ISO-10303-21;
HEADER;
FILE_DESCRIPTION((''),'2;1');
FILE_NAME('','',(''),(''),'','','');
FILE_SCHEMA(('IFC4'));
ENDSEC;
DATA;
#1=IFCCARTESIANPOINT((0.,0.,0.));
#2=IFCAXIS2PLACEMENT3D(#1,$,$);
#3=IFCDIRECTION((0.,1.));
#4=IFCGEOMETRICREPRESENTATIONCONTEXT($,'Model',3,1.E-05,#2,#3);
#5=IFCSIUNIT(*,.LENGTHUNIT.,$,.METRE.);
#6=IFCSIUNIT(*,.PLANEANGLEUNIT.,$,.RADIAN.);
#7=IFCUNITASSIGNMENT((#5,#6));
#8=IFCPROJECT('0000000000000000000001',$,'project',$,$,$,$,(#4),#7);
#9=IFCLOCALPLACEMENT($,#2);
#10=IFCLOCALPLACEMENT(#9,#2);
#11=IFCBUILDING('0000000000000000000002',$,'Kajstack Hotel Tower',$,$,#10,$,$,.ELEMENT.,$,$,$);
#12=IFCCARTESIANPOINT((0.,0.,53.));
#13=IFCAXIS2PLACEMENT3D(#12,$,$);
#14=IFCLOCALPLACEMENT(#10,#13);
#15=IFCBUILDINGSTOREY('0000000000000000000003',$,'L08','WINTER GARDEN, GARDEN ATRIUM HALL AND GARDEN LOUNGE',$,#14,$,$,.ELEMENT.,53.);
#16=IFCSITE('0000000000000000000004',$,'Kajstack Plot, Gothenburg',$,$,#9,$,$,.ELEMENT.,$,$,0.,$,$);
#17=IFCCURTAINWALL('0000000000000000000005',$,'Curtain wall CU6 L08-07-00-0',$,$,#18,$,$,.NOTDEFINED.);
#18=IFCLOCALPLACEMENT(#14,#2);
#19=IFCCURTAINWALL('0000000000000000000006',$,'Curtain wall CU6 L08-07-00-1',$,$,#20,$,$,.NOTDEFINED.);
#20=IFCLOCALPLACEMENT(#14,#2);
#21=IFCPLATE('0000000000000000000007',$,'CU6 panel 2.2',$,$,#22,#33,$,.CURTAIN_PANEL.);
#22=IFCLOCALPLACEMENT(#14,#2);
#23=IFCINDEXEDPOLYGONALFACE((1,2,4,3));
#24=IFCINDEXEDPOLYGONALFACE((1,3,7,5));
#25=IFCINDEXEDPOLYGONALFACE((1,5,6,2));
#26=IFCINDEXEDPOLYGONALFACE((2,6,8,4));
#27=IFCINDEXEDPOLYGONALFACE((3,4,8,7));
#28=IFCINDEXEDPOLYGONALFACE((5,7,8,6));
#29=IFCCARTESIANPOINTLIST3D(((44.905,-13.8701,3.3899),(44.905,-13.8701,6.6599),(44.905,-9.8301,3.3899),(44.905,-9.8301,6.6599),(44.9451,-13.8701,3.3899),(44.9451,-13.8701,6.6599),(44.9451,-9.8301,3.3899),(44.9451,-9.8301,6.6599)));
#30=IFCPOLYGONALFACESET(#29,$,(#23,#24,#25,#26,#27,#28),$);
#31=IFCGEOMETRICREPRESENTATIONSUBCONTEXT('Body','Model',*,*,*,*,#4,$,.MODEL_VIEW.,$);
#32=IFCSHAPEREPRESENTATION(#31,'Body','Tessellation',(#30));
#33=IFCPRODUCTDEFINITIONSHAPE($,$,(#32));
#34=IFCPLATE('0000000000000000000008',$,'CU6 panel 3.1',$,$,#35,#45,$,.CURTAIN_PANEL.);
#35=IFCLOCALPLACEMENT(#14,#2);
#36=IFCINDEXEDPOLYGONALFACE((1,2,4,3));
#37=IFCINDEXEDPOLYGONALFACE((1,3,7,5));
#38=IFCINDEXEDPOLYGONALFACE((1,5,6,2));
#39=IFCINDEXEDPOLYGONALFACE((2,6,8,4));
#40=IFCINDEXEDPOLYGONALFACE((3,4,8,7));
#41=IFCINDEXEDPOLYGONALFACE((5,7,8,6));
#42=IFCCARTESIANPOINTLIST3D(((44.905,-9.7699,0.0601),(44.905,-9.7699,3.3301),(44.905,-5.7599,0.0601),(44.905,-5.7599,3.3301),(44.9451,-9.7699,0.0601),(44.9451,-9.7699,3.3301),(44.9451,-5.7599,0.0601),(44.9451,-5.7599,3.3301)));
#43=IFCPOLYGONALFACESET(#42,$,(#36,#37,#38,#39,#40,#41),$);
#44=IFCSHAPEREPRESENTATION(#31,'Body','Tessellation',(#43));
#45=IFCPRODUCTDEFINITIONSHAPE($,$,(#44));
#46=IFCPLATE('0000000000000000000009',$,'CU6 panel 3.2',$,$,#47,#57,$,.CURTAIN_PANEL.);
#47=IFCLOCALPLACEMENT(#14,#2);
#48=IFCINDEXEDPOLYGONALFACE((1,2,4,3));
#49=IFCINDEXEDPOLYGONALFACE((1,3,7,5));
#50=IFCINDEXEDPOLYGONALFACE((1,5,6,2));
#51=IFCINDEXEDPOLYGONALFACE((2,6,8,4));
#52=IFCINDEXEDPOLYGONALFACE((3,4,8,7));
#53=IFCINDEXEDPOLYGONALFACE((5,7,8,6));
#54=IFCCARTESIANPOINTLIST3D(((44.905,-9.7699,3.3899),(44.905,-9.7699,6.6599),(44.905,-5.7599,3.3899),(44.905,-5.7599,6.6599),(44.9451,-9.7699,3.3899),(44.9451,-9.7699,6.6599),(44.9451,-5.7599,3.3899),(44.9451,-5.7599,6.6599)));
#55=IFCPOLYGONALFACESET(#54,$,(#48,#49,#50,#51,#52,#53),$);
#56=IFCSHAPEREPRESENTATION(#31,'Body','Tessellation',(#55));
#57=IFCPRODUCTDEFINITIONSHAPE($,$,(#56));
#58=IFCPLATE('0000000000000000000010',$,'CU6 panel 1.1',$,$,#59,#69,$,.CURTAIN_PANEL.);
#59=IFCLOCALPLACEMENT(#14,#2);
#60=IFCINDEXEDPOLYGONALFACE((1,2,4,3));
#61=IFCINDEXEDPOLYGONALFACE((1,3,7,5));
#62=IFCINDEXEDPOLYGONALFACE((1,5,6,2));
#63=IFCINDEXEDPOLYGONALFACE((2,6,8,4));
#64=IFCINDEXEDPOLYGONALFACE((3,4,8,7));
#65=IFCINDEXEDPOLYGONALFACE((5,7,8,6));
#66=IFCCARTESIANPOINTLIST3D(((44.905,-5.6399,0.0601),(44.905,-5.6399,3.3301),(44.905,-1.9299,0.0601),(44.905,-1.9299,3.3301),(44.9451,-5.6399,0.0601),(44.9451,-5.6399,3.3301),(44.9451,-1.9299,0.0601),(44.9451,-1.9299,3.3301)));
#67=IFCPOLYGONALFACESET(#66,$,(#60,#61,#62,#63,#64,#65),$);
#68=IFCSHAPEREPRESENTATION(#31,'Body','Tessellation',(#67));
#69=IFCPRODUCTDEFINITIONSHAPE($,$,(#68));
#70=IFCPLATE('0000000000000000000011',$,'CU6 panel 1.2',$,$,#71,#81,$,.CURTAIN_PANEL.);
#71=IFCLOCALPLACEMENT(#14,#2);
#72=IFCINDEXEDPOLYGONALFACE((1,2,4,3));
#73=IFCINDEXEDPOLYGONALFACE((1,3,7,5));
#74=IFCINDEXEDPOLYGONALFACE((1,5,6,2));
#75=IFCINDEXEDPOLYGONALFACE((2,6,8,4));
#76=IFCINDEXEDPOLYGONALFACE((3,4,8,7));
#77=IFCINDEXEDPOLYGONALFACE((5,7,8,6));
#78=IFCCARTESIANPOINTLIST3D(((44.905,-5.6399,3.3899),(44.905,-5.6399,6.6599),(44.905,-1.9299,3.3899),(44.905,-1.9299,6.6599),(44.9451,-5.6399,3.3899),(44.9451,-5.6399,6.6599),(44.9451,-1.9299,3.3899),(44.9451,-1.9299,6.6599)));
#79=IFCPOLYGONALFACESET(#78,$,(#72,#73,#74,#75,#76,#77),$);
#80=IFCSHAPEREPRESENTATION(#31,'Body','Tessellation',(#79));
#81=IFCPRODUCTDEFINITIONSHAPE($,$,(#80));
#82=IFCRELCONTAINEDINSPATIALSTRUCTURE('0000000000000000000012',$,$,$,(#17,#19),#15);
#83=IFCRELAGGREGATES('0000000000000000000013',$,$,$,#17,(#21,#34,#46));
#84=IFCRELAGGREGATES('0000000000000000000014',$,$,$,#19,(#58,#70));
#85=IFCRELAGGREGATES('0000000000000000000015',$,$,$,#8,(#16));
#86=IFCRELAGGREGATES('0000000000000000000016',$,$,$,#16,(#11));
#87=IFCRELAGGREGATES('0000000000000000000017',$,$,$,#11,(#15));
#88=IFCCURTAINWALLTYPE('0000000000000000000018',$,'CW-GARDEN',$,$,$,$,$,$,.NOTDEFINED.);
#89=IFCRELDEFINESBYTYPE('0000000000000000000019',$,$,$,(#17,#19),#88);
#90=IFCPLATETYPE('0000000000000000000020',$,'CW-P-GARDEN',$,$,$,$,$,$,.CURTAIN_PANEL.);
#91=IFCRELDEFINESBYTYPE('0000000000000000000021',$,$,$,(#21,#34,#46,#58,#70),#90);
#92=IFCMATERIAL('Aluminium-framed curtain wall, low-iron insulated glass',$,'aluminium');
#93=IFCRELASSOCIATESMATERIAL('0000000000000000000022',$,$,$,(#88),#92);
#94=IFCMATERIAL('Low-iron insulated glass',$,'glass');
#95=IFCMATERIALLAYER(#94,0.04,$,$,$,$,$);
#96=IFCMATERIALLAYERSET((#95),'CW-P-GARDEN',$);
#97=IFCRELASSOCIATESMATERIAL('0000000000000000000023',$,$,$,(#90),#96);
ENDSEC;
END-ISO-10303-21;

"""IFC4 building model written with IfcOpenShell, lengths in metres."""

from ifc_helpers import new_model, si_unit, direction, frame, origin, origin_2d, place, context, subcontext, project, spatial, rectangle, extrude, material, layer, layer_set, type_object, element, aggregate, save


model = new_model("IFC4")

# Units and contexts
model_context = context("Model", 3, precision=1e-05, world=origin(), true_north=direction((0.0, 1.0)))
body_context = subcontext(model_context, "Body", "Model", "MODEL_VIEW")
ifc_project = project(units=[si_unit("LENGTHUNIT", "METRE"), si_unit("PLANEANGLEUNIT", "RADIAN")], contexts=[model_context])

# Site, building, storey
site_placement = place(None, origin())
site = spatial("IfcSite", under=ifc_project, at=site_placement, Name="Kajstack Plot, Gothenburg", CompositionType="ELEMENT", RefElevation=0.0)
building_placement = place(site_placement, origin())
building = spatial("IfcBuilding", under=site, at=building_placement, Name="Kajstack Hotel Tower", CompositionType="ELEMENT")
storey_placement = place(building_placement, frame((0.0, 0.0, 53.0)))
storey = spatial("IfcBuildingStorey", under=building, at=storey_placement, Name="L08", Description="WINTER GARDEN, GARDEN ATRIUM HALL AND GARDEN LOUNGE", CompositionType="ELEMENT", Elevation=53.0)

# Shared definitions
ifc_material_1 = material(Name="Aluminium-framed curtain wall, low-iron insulated glass", Category="aluminium")
curtain_wall_type = type_object("IfcCurtainWallType", Name="CW-GARDEN", PredefinedType="NOTDEFINED", material=ifc_material_1)

# Curtain walls
curtain_wall_1_placement = place(storey_placement, origin())
curtain_wall_1 = element("IfcCurtainWall", 1, at=curtain_wall_1_placement, inside=storey, type_object=curtain_wall_type, Name="Curtain wall CU6 L08-07-00-0", PredefinedType="NOTDEFINED")
curtain_wall_2_placement = place(storey_placement, origin())
curtain_wall_2 = element("IfcCurtainWall", 2, at=curtain_wall_2_placement, inside=storey, type_object=curtain_wall_type, Name="Curtain wall CU6 L08-07-00-1", PredefinedType="NOTDEFINED")

# Plates
ifc_material_2 = material(Name="Low-iron insulated glass", Category="glass")
ifc_layer = layer(ifc_material_2, 0.04)
ifc_layer_set = layer_set([ifc_layer], Name="CW-P-GARDEN")
plate_type = type_object("IfcPlateType", Name="CW-P-GARDEN", PredefinedType="CURTAIN_PANEL", material=ifc_layer_set)
plate_1_placement = place(storey_placement, frame((44.925, -11.8501, 3.3899), z_axis=(0.0, 0.0, 1.0), x_axis=(0.0, 1.0, 0.0)))
plate_1 = element("IfcPlate", 3, at=plate_1_placement, type_object=plate_type, Name="CU6 panel 2.2", PredefinedType="CURTAIN_PANEL", context=body_context, shape_type="SweptSolid", body=[
    extrude(rectangle(XDim=4.04, YDim=0.04, at=origin_2d()), origin(), (0.0, 0.0, 1.0), 3.27),
])
plate_2_placement = place(storey_placement, frame((44.925, -7.7649, 0.0601), z_axis=(0.0, 0.0, 1.0), x_axis=(0.0, 1.0, 0.0)))
plate_2 = element("IfcPlate", 4, at=plate_2_placement, type_object=plate_type, Name="CU6 panel 3.1", PredefinedType="CURTAIN_PANEL", context=body_context, shape_type="SweptSolid", body=[
    extrude(rectangle(XDim=4.01, YDim=0.04, at=origin_2d()), origin(), (0.0, 0.0, 1.0), 3.27),
])
plate_3_placement = place(storey_placement, frame((44.925, -7.7649, 3.3899), z_axis=(0.0, 0.0, 1.0), x_axis=(0.0, 1.0, 0.0)))
plate_3 = element("IfcPlate", 5, at=plate_3_placement, type_object=plate_type, Name="CU6 panel 3.2", PredefinedType="CURTAIN_PANEL", context=body_context, shape_type="SweptSolid", body=[
    extrude(rectangle(XDim=4.01, YDim=0.04, at=origin_2d()), origin(), (0.0, 0.0, 1.0), 3.27),
])
aggregate(curtain_wall_1, [plate_1, plate_2, plate_3])
plate_4_placement = place(storey_placement, frame((44.925, -3.7849, 0.0601), z_axis=(0.0, 0.0, 1.0), x_axis=(0.0, 1.0, 0.0)))
plate_4 = element("IfcPlate", 6, at=plate_4_placement, type_object=plate_type, Name="CU6 panel 1.1", PredefinedType="CURTAIN_PANEL", context=body_context, shape_type="SweptSolid", body=[
    extrude(rectangle(XDim=3.71, YDim=0.04, at=origin_2d()), origin(), (0.0, 0.0, 1.0), 3.27),
])
plate_5_placement = place(storey_placement, frame((44.925, -3.7849, 3.3899), z_axis=(0.0, 0.0, 1.0), x_axis=(0.0, 1.0, 0.0)))
plate_5 = element("IfcPlate", 7, at=plate_5_placement, type_object=plate_type, Name="CU6 panel 1.2", PredefinedType="CURTAIN_PANEL", context=body_context, shape_type="SweptSolid", body=[
    extrude(rectangle(XDim=3.71, YDim=0.04, at=origin_2d()), origin(), (0.0, 0.0, 1.0), 3.27),
])
aggregate(curtain_wall_2, [plate_4, plate_5])

save(model, "model.ifc")
